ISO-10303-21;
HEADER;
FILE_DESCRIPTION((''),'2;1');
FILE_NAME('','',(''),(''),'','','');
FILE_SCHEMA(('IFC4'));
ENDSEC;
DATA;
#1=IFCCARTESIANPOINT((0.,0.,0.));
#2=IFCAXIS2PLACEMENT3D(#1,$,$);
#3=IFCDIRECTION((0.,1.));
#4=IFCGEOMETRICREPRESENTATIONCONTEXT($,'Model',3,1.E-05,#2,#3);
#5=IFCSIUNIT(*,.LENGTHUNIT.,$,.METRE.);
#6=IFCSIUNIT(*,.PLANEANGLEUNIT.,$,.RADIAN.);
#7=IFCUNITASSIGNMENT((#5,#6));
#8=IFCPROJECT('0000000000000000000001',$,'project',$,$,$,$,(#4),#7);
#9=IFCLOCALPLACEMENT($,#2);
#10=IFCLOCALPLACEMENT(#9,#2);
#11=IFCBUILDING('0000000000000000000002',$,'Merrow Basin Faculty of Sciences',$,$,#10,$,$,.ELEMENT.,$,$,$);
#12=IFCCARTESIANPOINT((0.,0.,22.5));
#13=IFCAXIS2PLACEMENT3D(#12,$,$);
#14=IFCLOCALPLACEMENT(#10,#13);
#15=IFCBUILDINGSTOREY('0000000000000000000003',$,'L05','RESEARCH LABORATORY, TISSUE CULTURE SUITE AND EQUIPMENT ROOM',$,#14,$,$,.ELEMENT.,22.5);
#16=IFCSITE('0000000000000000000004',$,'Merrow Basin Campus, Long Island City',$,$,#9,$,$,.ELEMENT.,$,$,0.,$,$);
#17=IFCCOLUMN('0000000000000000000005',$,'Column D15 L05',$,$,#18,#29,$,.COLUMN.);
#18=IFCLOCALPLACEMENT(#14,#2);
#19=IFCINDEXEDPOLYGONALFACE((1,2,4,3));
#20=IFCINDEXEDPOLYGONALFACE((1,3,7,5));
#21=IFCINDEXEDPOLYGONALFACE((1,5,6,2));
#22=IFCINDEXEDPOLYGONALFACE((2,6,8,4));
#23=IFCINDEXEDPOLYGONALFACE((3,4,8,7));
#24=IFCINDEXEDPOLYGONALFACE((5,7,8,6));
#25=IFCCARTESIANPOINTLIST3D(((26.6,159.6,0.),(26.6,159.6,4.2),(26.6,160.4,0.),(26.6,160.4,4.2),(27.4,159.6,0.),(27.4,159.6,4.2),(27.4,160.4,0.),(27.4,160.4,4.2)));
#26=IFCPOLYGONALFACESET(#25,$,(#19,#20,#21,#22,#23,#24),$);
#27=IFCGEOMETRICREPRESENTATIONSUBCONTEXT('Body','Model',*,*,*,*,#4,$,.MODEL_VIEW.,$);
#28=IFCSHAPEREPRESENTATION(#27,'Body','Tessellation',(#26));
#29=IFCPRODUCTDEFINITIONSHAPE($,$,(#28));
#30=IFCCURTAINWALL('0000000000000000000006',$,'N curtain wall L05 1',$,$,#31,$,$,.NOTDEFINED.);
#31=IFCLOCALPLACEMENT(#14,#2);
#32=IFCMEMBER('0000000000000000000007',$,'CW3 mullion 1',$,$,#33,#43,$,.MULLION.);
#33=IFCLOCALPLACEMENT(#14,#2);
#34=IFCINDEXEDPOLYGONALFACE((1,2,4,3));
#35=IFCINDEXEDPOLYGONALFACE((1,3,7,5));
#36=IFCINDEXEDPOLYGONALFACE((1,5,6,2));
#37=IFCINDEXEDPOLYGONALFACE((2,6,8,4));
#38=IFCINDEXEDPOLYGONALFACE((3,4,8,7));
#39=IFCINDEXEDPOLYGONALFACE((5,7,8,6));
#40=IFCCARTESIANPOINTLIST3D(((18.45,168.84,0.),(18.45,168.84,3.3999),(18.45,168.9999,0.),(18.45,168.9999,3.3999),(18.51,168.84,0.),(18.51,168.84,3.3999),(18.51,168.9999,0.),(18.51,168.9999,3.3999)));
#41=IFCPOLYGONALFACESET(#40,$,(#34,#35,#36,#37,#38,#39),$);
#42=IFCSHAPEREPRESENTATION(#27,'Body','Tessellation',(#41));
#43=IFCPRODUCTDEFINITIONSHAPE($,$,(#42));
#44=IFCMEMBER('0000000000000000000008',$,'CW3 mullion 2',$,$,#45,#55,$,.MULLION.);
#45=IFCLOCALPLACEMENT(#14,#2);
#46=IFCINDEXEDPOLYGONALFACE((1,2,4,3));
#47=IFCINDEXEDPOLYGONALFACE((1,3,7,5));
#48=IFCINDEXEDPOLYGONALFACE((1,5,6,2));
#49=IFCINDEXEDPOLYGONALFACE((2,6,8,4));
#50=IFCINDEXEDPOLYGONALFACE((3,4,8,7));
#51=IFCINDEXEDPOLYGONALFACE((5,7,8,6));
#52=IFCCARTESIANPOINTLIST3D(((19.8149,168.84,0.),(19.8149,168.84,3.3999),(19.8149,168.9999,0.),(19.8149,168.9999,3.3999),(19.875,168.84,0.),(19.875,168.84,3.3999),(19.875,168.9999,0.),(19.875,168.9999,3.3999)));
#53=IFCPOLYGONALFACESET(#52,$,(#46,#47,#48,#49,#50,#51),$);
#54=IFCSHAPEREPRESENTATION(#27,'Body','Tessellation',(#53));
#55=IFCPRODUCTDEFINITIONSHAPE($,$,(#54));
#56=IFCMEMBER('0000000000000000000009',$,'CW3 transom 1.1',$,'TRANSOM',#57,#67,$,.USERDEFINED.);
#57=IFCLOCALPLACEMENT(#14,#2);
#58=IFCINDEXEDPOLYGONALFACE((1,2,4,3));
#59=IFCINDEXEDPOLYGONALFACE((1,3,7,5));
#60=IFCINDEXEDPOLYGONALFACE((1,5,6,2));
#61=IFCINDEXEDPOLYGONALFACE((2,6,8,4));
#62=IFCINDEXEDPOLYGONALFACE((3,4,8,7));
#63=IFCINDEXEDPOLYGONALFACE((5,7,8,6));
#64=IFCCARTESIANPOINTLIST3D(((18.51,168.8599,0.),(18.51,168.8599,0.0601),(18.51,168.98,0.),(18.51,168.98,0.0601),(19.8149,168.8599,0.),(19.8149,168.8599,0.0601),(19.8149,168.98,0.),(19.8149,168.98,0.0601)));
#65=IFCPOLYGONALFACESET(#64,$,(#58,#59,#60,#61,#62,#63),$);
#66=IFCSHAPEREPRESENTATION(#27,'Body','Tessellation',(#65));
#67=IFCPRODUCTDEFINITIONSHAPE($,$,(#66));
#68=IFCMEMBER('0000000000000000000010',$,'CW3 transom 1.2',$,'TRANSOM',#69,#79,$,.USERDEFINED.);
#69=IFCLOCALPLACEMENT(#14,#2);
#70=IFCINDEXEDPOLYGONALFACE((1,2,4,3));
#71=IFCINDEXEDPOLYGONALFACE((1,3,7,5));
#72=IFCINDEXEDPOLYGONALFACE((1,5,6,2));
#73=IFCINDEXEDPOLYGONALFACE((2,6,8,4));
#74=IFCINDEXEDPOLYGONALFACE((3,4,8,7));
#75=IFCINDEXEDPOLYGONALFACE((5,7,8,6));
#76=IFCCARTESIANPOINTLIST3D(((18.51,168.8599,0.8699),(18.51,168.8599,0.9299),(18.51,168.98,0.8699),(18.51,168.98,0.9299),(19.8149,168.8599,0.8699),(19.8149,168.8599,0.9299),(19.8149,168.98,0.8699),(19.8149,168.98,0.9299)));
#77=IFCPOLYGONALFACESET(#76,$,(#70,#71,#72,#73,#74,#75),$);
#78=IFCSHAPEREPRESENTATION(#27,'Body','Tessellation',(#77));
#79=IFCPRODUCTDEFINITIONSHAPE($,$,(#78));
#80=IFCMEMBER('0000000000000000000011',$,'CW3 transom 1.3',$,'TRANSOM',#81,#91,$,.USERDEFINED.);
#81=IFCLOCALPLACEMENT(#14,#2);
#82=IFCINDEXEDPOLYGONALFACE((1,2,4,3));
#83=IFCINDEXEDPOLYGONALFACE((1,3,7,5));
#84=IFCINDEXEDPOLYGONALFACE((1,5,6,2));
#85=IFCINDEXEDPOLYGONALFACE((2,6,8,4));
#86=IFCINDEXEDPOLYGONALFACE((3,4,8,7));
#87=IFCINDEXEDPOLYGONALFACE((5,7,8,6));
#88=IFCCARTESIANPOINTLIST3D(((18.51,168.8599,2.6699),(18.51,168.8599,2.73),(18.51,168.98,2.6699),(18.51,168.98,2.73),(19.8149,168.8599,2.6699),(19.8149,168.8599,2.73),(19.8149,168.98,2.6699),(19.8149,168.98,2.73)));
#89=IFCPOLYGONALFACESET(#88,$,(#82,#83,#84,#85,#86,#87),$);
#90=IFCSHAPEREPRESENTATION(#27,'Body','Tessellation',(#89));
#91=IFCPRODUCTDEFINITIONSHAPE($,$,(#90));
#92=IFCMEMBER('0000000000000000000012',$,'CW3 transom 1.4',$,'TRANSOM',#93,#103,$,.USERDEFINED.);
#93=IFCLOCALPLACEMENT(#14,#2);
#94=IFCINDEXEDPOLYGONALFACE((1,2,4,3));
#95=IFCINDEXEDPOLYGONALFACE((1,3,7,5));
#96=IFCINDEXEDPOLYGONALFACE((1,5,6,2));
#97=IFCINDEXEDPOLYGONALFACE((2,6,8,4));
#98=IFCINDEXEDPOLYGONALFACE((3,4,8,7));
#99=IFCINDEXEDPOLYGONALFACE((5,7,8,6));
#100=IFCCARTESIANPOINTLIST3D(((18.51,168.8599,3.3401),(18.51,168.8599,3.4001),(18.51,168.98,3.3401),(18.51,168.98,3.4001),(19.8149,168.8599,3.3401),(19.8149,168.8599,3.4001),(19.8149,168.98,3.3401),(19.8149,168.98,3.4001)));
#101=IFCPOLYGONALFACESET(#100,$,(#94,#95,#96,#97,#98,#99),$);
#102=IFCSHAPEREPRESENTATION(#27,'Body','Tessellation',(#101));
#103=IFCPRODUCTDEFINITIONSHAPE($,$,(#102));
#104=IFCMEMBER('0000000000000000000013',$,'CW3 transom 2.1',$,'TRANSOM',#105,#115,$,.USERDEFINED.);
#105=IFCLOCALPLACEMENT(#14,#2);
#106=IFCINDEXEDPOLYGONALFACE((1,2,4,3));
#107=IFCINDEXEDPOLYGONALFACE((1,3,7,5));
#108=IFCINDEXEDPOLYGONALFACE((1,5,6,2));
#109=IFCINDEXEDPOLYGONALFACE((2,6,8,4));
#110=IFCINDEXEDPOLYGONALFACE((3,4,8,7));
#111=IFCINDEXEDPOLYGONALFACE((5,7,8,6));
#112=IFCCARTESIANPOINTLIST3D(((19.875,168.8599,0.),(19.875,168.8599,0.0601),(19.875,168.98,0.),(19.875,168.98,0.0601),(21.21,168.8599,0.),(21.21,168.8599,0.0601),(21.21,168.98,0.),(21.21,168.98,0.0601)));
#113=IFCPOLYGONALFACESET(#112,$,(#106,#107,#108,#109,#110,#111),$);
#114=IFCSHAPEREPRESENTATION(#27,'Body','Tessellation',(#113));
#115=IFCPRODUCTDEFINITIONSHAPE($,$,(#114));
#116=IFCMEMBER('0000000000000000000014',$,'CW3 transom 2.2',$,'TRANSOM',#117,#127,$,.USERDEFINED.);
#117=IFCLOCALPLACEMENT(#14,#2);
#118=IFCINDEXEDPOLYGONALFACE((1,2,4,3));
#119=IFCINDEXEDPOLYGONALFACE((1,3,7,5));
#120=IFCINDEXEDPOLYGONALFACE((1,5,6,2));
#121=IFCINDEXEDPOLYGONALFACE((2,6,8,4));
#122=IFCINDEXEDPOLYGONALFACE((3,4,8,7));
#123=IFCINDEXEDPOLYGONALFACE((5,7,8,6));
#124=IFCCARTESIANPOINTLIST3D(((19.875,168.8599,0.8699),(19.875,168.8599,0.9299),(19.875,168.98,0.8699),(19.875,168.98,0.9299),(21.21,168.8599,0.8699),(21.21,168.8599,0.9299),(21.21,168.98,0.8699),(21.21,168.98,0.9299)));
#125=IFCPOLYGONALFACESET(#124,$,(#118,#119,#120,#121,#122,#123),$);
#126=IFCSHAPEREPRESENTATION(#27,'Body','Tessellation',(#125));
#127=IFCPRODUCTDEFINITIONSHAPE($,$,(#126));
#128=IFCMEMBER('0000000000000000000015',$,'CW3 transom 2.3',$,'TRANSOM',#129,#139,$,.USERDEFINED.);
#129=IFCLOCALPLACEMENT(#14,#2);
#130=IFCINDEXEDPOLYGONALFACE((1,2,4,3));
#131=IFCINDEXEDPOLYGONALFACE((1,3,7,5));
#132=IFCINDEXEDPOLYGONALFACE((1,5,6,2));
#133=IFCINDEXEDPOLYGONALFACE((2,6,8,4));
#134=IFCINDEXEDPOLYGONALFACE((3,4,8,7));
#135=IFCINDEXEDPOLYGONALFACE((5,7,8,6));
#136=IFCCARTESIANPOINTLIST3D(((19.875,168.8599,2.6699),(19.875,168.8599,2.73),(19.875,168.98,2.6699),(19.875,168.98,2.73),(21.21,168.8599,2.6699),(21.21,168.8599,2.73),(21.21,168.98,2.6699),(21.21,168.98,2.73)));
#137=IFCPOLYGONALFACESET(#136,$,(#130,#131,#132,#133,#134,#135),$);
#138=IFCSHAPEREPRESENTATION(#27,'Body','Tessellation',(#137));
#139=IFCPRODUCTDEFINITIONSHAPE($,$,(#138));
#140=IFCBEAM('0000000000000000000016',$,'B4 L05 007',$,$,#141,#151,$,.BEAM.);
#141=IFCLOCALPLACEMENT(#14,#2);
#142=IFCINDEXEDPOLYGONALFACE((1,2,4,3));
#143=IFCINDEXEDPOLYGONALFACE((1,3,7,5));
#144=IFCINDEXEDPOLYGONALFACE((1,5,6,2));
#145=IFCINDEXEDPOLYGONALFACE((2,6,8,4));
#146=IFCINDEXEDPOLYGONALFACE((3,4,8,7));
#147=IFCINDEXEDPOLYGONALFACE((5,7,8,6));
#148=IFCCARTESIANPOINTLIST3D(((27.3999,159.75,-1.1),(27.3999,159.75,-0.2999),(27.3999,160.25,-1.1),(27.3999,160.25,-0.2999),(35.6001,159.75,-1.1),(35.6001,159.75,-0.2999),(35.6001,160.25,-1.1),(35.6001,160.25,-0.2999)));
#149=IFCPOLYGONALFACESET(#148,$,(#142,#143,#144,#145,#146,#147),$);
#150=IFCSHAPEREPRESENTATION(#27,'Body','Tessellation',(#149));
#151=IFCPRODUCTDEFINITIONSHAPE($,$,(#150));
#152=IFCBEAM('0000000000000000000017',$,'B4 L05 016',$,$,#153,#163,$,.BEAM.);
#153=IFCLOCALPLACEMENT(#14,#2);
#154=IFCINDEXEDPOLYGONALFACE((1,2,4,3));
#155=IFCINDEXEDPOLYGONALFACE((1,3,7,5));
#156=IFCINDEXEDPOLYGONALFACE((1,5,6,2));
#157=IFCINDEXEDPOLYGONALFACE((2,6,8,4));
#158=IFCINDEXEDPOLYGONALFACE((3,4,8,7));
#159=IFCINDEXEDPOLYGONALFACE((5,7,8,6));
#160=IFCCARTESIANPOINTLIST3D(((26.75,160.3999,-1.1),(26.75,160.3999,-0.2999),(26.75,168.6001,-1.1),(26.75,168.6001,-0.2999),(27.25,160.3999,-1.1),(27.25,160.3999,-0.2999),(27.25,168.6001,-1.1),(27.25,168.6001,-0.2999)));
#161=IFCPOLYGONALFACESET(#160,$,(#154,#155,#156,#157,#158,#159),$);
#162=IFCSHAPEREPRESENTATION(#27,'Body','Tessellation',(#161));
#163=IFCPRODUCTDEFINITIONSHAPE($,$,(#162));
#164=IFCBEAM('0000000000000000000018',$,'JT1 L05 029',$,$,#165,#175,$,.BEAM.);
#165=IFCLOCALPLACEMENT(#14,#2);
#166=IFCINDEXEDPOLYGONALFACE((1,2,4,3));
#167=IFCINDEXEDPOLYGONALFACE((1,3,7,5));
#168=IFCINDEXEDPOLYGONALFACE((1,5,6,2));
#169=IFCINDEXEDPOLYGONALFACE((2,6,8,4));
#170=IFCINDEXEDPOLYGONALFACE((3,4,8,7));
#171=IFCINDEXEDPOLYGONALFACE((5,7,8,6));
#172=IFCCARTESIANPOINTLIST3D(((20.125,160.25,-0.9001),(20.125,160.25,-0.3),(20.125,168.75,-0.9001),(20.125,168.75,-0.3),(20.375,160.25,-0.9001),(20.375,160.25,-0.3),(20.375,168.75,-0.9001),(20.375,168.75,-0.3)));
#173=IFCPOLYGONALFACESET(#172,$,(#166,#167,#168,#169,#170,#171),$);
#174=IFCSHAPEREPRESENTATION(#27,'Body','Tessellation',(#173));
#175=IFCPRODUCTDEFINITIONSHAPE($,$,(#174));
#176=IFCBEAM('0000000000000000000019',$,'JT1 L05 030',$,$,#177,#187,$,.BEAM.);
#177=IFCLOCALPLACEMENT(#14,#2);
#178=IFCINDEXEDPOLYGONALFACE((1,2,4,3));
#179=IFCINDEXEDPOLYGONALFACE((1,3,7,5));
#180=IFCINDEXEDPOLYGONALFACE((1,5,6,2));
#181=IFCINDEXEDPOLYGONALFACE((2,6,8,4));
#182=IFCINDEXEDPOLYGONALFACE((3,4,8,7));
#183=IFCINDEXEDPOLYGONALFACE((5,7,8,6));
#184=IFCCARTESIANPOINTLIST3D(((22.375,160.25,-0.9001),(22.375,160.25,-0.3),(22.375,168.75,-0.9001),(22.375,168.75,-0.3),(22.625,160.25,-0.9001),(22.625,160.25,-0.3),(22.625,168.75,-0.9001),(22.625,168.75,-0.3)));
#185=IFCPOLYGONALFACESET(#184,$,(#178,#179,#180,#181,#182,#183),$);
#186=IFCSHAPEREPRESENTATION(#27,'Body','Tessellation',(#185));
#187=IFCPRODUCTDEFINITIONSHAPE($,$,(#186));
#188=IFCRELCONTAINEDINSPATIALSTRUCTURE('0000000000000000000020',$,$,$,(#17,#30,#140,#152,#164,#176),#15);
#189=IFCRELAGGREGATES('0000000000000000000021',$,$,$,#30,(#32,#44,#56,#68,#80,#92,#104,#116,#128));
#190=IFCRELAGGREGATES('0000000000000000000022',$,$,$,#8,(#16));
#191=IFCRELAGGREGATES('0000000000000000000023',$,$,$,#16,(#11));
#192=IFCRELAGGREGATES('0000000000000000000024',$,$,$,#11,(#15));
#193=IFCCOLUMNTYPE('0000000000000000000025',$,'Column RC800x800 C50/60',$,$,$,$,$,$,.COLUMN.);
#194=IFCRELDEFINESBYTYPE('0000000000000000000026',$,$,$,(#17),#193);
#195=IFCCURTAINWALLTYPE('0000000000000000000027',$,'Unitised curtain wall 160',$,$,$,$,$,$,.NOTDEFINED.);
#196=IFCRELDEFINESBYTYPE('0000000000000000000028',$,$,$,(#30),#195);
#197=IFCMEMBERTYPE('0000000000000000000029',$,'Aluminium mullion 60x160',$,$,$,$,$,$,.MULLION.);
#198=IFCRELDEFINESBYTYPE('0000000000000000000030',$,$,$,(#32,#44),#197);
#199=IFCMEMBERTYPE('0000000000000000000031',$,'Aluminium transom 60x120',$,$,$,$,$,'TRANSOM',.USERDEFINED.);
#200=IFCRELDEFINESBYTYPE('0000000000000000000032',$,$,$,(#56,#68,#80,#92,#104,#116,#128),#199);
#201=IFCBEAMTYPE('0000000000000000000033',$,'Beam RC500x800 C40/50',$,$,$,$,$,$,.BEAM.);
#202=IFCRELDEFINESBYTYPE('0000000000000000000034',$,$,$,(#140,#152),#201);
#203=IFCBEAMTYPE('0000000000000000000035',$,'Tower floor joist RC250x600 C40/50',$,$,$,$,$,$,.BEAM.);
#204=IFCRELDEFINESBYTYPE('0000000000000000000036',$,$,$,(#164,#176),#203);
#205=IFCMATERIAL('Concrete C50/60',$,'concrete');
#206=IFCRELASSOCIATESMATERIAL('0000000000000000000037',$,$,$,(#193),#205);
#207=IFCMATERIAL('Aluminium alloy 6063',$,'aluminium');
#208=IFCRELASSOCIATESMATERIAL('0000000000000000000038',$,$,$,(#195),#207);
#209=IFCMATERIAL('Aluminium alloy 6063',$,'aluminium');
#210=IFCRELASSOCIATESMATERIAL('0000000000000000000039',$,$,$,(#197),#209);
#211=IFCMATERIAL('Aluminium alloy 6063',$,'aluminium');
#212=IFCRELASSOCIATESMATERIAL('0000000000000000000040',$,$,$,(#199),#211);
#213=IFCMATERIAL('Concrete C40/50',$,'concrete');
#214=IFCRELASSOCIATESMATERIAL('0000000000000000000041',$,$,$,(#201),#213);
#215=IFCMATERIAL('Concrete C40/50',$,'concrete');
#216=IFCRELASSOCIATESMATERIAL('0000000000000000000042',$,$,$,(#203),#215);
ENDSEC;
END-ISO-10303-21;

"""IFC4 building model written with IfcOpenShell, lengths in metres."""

from ifc_helpers import new_model, si_unit, direction, frame, origin, origin_2d, place, context, subcontext, project, spatial, rectangle, extrude, material, material_profile, profile_set, type_object, element, aggregate, save


model = new_model("IFC4")

# Units and contexts
model_context = context("Model", 3, precision=1e-05, world=origin(), true_north=direction((0.0, 1.0)))
body_context = subcontext(model_context, "Body", "Model", "MODEL_VIEW")
ifc_project = project(units=[si_unit("LENGTHUNIT", "METRE"), si_unit("PLANEANGLEUNIT", "RADIAN")], contexts=[model_context])

# Site, building, storey
site_placement = place(None, origin())
site = spatial("IfcSite", under=ifc_project, at=site_placement, Name="Merrow Basin Campus, Long Island City", CompositionType="ELEMENT", RefElevation=0.0)
building_placement = place(site_placement, origin())
building = spatial("IfcBuilding", under=site, at=building_placement, Name="Merrow Basin Faculty of Sciences", CompositionType="ELEMENT")
storey_placement = place(building_placement, frame((0.0, 0.0, 22.5)))
storey = spatial("IfcBuildingStorey", under=building, at=storey_placement, Name="L05", Description="RESEARCH LABORATORY, TISSUE CULTURE SUITE AND EQUIPMENT ROOM", CompositionType="ELEMENT", Elevation=22.5)

# Column
ifc_material_1 = material(Name="Concrete C50/60", Category="concrete")
ifc_material_profile_1 = material_profile(ifc_material_1, rectangle(XDim=0.8, YDim=0.8, at=origin_2d()))
ifc_profile_set_1 = profile_set([ifc_material_profile_1], Name="Concrete C50/60")
column_type = type_object("IfcColumnType", Name="Column RC800x800 C50/60", PredefinedType="COLUMN", material=ifc_profile_set_1)
column_placement = place(storey_placement, frame((27.0, 160.0, 0.0), z_axis=(0.0, 0.0, 1.0), x_axis=(1.0, 0.0, 0.0)))
element("IfcColumn", 1, at=column_placement, inside=storey, type_object=column_type, Name="Column D15 L05", PredefinedType="COLUMN", context=body_context, shape_type="SweptSolid", body=[
    extrude(rectangle(XDim=0.8, YDim=0.8, at=origin_2d()), origin(), (0.0, 0.0, 1.0), 4.2),
])

# Curtain wall, members
ifc_material_2 = material(Name="Aluminium alloy 6063", Category="aluminium")
curtain_wall_type = type_object("IfcCurtainWallType", Name="Unitised curtain wall 160", PredefinedType="NOTDEFINED", material=ifc_material_2)
curtain_wall_placement = place(storey_placement, origin())
curtain_wall = element("IfcCurtainWall", 2, at=curtain_wall_placement, inside=storey, type_object=curtain_wall_type, Name="N curtain wall L05 1", PredefinedType="NOTDEFINED")
ifc_material_3 = material(Name="Aluminium alloy 6063", Category="aluminium")
ifc_material_profile_2 = material_profile(ifc_material_3, rectangle(XDim=0.1599, YDim=0.0601, at=origin_2d()))
ifc_profile_set_2 = profile_set([ifc_material_profile_2], Name="Aluminium alloy 6063")
member_type_1 = type_object("IfcMemberType", Name="Aluminium mullion 60x160", PredefinedType="MULLION", material=ifc_profile_set_2)
member_1_placement = place(storey_placement, frame((18.48, 168.9199, 0.0), z_axis=(0.0, 0.0, 1.0), x_axis=(0.0, 1.0, 0.0)))
member_1 = element("IfcMember", 3, at=member_1_placement, type_object=member_type_1, Name="CW3 mullion 1", PredefinedType="MULLION", context=body_context, shape_type="SweptSolid", body=[
    extrude(rectangle(XDim=0.1599, YDim=0.0601, at=origin_2d()), origin(), (0.0, 0.0, 1.0), 3.3999),
])
member_2_placement = place(storey_placement, frame((19.845, 168.9199, 0.0), z_axis=(0.0, 0.0, 1.0), x_axis=(0.0, 1.0, 0.0)))
member_2 = element("IfcMember", 4, at=member_2_placement, type_object=member_type_1, Name="CW3 mullion 2", PredefinedType="MULLION", context=body_context, shape_type="SweptSolid", body=[
    extrude(rectangle(XDim=0.1599, YDim=0.0601, at=origin_2d()), origin(), (0.0, 0.0, 1.0), 3.3999),
])
ifc_material_4 = material(Name="Aluminium alloy 6063", Category="aluminium")
ifc_material_profile_3 = material_profile(ifc_material_4, rectangle(XDim=0.1201, YDim=0.0601, at=origin_2d()))
ifc_profile_set_3 = profile_set([ifc_material_profile_3], Name="Aluminium alloy 6063")
member_type_2 = type_object("IfcMemberType", Name="Aluminium transom 60x120", ElementType="TRANSOM", PredefinedType="USERDEFINED", material=ifc_profile_set_3)
member_3_placement = place(storey_placement, frame((18.51, 168.9199, 0.03), z_axis=(1.0, 0.0, 0.0), x_axis=(0.0, 1.0, 0.0)))
member_3 = element("IfcMember", 5, at=member_3_placement, type_object=member_type_2, Name="CW3 transom 1.1", ObjectType="TRANSOM", PredefinedType="USERDEFINED", context=body_context, shape_type="SweptSolid", body=[
    extrude(rectangle(XDim=0.1201, YDim=0.0601, at=origin_2d()), origin(), (0.0, 0.0, 1.0), 1.3049),
])
member_4_placement = place(storey_placement, frame((18.51, 168.9199, 0.8999), z_axis=(1.0, 0.0, 0.0), x_axis=(0.0, 1.0, 0.0)))
member_4 = element("IfcMember", 6, at=member_4_placement, type_object=member_type_2, Name="CW3 transom 1.2", ObjectType="TRANSOM", PredefinedType="USERDEFINED", context=body_context, shape_type="SweptSolid", body=[
    extrude(rectangle(XDim=0.1201, YDim=0.0601, at=origin_2d()), origin(), (0.0, 0.0, 1.0), 1.3049),
])
member_5_placement = place(storey_placement, frame((18.51, 168.9199, 2.7), z_axis=(1.0, 0.0, 0.0), x_axis=(0.0, 1.0, 0.0)))
member_5 = element("IfcMember", 7, at=member_5_placement, type_object=member_type_2, Name="CW3 transom 1.3", ObjectType="TRANSOM", PredefinedType="USERDEFINED", context=body_context, shape_type="SweptSolid", body=[
    extrude(rectangle(XDim=0.1201, YDim=0.0601, at=origin_2d()), origin(), (0.0, 0.0, 1.0), 1.3049),
])
member_6_placement = place(storey_placement, frame((18.51, 168.9199, 3.3701), z_axis=(1.0, 0.0, 0.0), x_axis=(0.0, 1.0, 0.0)))
member_6 = element("IfcMember", 8, at=member_6_placement, type_object=member_type_2, Name="CW3 transom 1.4", ObjectType="TRANSOM", PredefinedType="USERDEFINED", context=body_context, shape_type="SweptSolid", body=[
    extrude(rectangle(XDim=0.1201, YDim=0.0601, at=origin_2d()), origin(), (0.0, 0.0, 1.0), 1.3049),
])
member_7_placement = place(storey_placement, frame((19.875, 168.9199, 0.03), z_axis=(1.0, 0.0, 0.0), x_axis=(0.0, 1.0, 0.0)))
member_7 = element("IfcMember", 9, at=member_7_placement, type_object=member_type_2, Name="CW3 transom 2.1", ObjectType="TRANSOM", PredefinedType="USERDEFINED", context=body_context, shape_type="SweptSolid", body=[
    extrude(rectangle(XDim=0.1201, YDim=0.0601, at=origin_2d()), origin(), (0.0, 0.0, 1.0), 1.335),
])
member_8_placement = place(storey_placement, frame((19.875, 168.9199, 0.8999), z_axis=(1.0, 0.0, 0.0), x_axis=(0.0, 1.0, 0.0)))
member_8 = element("IfcMember", 10, at=member_8_placement, type_object=member_type_2, Name="CW3 transom 2.2", ObjectType="TRANSOM", PredefinedType="USERDEFINED", context=body_context, shape_type="SweptSolid", body=[
    extrude(rectangle(XDim=0.1201, YDim=0.0601, at=origin_2d()), origin(), (0.0, 0.0, 1.0), 1.335),
])
member_9_placement = place(storey_placement, frame((19.875, 168.9199, 2.7), z_axis=(1.0, 0.0, 0.0), x_axis=(0.0, 1.0, 0.0)))
member_9 = element("IfcMember", 11, at=member_9_placement, type_object=member_type_2, Name="CW3 transom 2.3", ObjectType="TRANSOM", PredefinedType="USERDEFINED", context=body_context, shape_type="SweptSolid", body=[
    extrude(rectangle(XDim=0.1201, YDim=0.0601, at=origin_2d()), origin(), (0.0, 0.0, 1.0), 1.335),
])

# Beams
ifc_material_5 = material(Name="Concrete C40/50", Category="concrete")
ifc_material_profile_4 = material_profile(ifc_material_5, rectangle(XDim=0.5, YDim=0.8, at=origin_2d()))
ifc_profile_set_4 = profile_set([ifc_material_profile_4], Name="Concrete C40/50")
beam_type_1 = type_object("IfcBeamType", Name="Beam RC500x800 C40/50", PredefinedType="BEAM", material=ifc_profile_set_4)
for number, where, z_axis, x_axis, name in (
    (12, (27.3999, 160.0, -0.7), (1.0, 0.0, 0.0), (0.0, 1.0, 0.0), "B4 L05 007"),
    (13, (27.0, 160.3999, -0.7), (0.0, 1.0, 0.0), (-1.0, 0.0, 0.0), "B4 L05 016"),
):
    element("IfcBeam", number, at=place(storey_placement, frame(where, z_axis=z_axis, x_axis=x_axis)), inside=storey, type_object=beam_type_1, Name=name, PredefinedType="BEAM", context=body_context, shape_type="SweptSolid", body=[
        extrude(rectangle(XDim=0.5, YDim=0.8, at=origin_2d()), origin(), (0.0, 0.0, 1.0), 8.2002),
    ])
ifc_material_6 = material(Name="Concrete C40/50", Category="concrete")
ifc_material_profile_5 = material_profile(ifc_material_6, rectangle(XDim=0.25, YDim=0.6001, at=origin_2d()))
ifc_profile_set_5 = profile_set([ifc_material_profile_5], Name="Concrete C40/50")
beam_type_2 = type_object("IfcBeamType", Name="Tower floor joist RC250x600 C40/50", PredefinedType="BEAM", material=ifc_profile_set_5)
for number, where, z_axis, x_axis, name in (
    (14, (20.25, 160.25, -0.6001), (0.0, 1.0, 0.0), (-1.0, 0.0, 0.0), "JT1 L05 029"),
    (15, (22.5, 160.25, -0.6001), (0.0, 1.0, 0.0), (-1.0, 0.0, 0.0), "JT1 L05 030"),
):
    element("IfcBeam", number, at=place(storey_placement, frame(where, z_axis=z_axis, x_axis=x_axis)), inside=storey, type_object=beam_type_2, Name=name, PredefinedType="BEAM", context=body_context, shape_type="SweptSolid", body=[
        extrude(rectangle(XDim=0.25, YDim=0.6001, at=origin_2d()), origin(), (0.0, 0.0, 1.0), 8.5),
    ])

aggregate(curtain_wall, [member_1, member_2, member_3, member_4, member_5, member_6, member_7, member_8, member_9])

save(model, "model.ifc")
